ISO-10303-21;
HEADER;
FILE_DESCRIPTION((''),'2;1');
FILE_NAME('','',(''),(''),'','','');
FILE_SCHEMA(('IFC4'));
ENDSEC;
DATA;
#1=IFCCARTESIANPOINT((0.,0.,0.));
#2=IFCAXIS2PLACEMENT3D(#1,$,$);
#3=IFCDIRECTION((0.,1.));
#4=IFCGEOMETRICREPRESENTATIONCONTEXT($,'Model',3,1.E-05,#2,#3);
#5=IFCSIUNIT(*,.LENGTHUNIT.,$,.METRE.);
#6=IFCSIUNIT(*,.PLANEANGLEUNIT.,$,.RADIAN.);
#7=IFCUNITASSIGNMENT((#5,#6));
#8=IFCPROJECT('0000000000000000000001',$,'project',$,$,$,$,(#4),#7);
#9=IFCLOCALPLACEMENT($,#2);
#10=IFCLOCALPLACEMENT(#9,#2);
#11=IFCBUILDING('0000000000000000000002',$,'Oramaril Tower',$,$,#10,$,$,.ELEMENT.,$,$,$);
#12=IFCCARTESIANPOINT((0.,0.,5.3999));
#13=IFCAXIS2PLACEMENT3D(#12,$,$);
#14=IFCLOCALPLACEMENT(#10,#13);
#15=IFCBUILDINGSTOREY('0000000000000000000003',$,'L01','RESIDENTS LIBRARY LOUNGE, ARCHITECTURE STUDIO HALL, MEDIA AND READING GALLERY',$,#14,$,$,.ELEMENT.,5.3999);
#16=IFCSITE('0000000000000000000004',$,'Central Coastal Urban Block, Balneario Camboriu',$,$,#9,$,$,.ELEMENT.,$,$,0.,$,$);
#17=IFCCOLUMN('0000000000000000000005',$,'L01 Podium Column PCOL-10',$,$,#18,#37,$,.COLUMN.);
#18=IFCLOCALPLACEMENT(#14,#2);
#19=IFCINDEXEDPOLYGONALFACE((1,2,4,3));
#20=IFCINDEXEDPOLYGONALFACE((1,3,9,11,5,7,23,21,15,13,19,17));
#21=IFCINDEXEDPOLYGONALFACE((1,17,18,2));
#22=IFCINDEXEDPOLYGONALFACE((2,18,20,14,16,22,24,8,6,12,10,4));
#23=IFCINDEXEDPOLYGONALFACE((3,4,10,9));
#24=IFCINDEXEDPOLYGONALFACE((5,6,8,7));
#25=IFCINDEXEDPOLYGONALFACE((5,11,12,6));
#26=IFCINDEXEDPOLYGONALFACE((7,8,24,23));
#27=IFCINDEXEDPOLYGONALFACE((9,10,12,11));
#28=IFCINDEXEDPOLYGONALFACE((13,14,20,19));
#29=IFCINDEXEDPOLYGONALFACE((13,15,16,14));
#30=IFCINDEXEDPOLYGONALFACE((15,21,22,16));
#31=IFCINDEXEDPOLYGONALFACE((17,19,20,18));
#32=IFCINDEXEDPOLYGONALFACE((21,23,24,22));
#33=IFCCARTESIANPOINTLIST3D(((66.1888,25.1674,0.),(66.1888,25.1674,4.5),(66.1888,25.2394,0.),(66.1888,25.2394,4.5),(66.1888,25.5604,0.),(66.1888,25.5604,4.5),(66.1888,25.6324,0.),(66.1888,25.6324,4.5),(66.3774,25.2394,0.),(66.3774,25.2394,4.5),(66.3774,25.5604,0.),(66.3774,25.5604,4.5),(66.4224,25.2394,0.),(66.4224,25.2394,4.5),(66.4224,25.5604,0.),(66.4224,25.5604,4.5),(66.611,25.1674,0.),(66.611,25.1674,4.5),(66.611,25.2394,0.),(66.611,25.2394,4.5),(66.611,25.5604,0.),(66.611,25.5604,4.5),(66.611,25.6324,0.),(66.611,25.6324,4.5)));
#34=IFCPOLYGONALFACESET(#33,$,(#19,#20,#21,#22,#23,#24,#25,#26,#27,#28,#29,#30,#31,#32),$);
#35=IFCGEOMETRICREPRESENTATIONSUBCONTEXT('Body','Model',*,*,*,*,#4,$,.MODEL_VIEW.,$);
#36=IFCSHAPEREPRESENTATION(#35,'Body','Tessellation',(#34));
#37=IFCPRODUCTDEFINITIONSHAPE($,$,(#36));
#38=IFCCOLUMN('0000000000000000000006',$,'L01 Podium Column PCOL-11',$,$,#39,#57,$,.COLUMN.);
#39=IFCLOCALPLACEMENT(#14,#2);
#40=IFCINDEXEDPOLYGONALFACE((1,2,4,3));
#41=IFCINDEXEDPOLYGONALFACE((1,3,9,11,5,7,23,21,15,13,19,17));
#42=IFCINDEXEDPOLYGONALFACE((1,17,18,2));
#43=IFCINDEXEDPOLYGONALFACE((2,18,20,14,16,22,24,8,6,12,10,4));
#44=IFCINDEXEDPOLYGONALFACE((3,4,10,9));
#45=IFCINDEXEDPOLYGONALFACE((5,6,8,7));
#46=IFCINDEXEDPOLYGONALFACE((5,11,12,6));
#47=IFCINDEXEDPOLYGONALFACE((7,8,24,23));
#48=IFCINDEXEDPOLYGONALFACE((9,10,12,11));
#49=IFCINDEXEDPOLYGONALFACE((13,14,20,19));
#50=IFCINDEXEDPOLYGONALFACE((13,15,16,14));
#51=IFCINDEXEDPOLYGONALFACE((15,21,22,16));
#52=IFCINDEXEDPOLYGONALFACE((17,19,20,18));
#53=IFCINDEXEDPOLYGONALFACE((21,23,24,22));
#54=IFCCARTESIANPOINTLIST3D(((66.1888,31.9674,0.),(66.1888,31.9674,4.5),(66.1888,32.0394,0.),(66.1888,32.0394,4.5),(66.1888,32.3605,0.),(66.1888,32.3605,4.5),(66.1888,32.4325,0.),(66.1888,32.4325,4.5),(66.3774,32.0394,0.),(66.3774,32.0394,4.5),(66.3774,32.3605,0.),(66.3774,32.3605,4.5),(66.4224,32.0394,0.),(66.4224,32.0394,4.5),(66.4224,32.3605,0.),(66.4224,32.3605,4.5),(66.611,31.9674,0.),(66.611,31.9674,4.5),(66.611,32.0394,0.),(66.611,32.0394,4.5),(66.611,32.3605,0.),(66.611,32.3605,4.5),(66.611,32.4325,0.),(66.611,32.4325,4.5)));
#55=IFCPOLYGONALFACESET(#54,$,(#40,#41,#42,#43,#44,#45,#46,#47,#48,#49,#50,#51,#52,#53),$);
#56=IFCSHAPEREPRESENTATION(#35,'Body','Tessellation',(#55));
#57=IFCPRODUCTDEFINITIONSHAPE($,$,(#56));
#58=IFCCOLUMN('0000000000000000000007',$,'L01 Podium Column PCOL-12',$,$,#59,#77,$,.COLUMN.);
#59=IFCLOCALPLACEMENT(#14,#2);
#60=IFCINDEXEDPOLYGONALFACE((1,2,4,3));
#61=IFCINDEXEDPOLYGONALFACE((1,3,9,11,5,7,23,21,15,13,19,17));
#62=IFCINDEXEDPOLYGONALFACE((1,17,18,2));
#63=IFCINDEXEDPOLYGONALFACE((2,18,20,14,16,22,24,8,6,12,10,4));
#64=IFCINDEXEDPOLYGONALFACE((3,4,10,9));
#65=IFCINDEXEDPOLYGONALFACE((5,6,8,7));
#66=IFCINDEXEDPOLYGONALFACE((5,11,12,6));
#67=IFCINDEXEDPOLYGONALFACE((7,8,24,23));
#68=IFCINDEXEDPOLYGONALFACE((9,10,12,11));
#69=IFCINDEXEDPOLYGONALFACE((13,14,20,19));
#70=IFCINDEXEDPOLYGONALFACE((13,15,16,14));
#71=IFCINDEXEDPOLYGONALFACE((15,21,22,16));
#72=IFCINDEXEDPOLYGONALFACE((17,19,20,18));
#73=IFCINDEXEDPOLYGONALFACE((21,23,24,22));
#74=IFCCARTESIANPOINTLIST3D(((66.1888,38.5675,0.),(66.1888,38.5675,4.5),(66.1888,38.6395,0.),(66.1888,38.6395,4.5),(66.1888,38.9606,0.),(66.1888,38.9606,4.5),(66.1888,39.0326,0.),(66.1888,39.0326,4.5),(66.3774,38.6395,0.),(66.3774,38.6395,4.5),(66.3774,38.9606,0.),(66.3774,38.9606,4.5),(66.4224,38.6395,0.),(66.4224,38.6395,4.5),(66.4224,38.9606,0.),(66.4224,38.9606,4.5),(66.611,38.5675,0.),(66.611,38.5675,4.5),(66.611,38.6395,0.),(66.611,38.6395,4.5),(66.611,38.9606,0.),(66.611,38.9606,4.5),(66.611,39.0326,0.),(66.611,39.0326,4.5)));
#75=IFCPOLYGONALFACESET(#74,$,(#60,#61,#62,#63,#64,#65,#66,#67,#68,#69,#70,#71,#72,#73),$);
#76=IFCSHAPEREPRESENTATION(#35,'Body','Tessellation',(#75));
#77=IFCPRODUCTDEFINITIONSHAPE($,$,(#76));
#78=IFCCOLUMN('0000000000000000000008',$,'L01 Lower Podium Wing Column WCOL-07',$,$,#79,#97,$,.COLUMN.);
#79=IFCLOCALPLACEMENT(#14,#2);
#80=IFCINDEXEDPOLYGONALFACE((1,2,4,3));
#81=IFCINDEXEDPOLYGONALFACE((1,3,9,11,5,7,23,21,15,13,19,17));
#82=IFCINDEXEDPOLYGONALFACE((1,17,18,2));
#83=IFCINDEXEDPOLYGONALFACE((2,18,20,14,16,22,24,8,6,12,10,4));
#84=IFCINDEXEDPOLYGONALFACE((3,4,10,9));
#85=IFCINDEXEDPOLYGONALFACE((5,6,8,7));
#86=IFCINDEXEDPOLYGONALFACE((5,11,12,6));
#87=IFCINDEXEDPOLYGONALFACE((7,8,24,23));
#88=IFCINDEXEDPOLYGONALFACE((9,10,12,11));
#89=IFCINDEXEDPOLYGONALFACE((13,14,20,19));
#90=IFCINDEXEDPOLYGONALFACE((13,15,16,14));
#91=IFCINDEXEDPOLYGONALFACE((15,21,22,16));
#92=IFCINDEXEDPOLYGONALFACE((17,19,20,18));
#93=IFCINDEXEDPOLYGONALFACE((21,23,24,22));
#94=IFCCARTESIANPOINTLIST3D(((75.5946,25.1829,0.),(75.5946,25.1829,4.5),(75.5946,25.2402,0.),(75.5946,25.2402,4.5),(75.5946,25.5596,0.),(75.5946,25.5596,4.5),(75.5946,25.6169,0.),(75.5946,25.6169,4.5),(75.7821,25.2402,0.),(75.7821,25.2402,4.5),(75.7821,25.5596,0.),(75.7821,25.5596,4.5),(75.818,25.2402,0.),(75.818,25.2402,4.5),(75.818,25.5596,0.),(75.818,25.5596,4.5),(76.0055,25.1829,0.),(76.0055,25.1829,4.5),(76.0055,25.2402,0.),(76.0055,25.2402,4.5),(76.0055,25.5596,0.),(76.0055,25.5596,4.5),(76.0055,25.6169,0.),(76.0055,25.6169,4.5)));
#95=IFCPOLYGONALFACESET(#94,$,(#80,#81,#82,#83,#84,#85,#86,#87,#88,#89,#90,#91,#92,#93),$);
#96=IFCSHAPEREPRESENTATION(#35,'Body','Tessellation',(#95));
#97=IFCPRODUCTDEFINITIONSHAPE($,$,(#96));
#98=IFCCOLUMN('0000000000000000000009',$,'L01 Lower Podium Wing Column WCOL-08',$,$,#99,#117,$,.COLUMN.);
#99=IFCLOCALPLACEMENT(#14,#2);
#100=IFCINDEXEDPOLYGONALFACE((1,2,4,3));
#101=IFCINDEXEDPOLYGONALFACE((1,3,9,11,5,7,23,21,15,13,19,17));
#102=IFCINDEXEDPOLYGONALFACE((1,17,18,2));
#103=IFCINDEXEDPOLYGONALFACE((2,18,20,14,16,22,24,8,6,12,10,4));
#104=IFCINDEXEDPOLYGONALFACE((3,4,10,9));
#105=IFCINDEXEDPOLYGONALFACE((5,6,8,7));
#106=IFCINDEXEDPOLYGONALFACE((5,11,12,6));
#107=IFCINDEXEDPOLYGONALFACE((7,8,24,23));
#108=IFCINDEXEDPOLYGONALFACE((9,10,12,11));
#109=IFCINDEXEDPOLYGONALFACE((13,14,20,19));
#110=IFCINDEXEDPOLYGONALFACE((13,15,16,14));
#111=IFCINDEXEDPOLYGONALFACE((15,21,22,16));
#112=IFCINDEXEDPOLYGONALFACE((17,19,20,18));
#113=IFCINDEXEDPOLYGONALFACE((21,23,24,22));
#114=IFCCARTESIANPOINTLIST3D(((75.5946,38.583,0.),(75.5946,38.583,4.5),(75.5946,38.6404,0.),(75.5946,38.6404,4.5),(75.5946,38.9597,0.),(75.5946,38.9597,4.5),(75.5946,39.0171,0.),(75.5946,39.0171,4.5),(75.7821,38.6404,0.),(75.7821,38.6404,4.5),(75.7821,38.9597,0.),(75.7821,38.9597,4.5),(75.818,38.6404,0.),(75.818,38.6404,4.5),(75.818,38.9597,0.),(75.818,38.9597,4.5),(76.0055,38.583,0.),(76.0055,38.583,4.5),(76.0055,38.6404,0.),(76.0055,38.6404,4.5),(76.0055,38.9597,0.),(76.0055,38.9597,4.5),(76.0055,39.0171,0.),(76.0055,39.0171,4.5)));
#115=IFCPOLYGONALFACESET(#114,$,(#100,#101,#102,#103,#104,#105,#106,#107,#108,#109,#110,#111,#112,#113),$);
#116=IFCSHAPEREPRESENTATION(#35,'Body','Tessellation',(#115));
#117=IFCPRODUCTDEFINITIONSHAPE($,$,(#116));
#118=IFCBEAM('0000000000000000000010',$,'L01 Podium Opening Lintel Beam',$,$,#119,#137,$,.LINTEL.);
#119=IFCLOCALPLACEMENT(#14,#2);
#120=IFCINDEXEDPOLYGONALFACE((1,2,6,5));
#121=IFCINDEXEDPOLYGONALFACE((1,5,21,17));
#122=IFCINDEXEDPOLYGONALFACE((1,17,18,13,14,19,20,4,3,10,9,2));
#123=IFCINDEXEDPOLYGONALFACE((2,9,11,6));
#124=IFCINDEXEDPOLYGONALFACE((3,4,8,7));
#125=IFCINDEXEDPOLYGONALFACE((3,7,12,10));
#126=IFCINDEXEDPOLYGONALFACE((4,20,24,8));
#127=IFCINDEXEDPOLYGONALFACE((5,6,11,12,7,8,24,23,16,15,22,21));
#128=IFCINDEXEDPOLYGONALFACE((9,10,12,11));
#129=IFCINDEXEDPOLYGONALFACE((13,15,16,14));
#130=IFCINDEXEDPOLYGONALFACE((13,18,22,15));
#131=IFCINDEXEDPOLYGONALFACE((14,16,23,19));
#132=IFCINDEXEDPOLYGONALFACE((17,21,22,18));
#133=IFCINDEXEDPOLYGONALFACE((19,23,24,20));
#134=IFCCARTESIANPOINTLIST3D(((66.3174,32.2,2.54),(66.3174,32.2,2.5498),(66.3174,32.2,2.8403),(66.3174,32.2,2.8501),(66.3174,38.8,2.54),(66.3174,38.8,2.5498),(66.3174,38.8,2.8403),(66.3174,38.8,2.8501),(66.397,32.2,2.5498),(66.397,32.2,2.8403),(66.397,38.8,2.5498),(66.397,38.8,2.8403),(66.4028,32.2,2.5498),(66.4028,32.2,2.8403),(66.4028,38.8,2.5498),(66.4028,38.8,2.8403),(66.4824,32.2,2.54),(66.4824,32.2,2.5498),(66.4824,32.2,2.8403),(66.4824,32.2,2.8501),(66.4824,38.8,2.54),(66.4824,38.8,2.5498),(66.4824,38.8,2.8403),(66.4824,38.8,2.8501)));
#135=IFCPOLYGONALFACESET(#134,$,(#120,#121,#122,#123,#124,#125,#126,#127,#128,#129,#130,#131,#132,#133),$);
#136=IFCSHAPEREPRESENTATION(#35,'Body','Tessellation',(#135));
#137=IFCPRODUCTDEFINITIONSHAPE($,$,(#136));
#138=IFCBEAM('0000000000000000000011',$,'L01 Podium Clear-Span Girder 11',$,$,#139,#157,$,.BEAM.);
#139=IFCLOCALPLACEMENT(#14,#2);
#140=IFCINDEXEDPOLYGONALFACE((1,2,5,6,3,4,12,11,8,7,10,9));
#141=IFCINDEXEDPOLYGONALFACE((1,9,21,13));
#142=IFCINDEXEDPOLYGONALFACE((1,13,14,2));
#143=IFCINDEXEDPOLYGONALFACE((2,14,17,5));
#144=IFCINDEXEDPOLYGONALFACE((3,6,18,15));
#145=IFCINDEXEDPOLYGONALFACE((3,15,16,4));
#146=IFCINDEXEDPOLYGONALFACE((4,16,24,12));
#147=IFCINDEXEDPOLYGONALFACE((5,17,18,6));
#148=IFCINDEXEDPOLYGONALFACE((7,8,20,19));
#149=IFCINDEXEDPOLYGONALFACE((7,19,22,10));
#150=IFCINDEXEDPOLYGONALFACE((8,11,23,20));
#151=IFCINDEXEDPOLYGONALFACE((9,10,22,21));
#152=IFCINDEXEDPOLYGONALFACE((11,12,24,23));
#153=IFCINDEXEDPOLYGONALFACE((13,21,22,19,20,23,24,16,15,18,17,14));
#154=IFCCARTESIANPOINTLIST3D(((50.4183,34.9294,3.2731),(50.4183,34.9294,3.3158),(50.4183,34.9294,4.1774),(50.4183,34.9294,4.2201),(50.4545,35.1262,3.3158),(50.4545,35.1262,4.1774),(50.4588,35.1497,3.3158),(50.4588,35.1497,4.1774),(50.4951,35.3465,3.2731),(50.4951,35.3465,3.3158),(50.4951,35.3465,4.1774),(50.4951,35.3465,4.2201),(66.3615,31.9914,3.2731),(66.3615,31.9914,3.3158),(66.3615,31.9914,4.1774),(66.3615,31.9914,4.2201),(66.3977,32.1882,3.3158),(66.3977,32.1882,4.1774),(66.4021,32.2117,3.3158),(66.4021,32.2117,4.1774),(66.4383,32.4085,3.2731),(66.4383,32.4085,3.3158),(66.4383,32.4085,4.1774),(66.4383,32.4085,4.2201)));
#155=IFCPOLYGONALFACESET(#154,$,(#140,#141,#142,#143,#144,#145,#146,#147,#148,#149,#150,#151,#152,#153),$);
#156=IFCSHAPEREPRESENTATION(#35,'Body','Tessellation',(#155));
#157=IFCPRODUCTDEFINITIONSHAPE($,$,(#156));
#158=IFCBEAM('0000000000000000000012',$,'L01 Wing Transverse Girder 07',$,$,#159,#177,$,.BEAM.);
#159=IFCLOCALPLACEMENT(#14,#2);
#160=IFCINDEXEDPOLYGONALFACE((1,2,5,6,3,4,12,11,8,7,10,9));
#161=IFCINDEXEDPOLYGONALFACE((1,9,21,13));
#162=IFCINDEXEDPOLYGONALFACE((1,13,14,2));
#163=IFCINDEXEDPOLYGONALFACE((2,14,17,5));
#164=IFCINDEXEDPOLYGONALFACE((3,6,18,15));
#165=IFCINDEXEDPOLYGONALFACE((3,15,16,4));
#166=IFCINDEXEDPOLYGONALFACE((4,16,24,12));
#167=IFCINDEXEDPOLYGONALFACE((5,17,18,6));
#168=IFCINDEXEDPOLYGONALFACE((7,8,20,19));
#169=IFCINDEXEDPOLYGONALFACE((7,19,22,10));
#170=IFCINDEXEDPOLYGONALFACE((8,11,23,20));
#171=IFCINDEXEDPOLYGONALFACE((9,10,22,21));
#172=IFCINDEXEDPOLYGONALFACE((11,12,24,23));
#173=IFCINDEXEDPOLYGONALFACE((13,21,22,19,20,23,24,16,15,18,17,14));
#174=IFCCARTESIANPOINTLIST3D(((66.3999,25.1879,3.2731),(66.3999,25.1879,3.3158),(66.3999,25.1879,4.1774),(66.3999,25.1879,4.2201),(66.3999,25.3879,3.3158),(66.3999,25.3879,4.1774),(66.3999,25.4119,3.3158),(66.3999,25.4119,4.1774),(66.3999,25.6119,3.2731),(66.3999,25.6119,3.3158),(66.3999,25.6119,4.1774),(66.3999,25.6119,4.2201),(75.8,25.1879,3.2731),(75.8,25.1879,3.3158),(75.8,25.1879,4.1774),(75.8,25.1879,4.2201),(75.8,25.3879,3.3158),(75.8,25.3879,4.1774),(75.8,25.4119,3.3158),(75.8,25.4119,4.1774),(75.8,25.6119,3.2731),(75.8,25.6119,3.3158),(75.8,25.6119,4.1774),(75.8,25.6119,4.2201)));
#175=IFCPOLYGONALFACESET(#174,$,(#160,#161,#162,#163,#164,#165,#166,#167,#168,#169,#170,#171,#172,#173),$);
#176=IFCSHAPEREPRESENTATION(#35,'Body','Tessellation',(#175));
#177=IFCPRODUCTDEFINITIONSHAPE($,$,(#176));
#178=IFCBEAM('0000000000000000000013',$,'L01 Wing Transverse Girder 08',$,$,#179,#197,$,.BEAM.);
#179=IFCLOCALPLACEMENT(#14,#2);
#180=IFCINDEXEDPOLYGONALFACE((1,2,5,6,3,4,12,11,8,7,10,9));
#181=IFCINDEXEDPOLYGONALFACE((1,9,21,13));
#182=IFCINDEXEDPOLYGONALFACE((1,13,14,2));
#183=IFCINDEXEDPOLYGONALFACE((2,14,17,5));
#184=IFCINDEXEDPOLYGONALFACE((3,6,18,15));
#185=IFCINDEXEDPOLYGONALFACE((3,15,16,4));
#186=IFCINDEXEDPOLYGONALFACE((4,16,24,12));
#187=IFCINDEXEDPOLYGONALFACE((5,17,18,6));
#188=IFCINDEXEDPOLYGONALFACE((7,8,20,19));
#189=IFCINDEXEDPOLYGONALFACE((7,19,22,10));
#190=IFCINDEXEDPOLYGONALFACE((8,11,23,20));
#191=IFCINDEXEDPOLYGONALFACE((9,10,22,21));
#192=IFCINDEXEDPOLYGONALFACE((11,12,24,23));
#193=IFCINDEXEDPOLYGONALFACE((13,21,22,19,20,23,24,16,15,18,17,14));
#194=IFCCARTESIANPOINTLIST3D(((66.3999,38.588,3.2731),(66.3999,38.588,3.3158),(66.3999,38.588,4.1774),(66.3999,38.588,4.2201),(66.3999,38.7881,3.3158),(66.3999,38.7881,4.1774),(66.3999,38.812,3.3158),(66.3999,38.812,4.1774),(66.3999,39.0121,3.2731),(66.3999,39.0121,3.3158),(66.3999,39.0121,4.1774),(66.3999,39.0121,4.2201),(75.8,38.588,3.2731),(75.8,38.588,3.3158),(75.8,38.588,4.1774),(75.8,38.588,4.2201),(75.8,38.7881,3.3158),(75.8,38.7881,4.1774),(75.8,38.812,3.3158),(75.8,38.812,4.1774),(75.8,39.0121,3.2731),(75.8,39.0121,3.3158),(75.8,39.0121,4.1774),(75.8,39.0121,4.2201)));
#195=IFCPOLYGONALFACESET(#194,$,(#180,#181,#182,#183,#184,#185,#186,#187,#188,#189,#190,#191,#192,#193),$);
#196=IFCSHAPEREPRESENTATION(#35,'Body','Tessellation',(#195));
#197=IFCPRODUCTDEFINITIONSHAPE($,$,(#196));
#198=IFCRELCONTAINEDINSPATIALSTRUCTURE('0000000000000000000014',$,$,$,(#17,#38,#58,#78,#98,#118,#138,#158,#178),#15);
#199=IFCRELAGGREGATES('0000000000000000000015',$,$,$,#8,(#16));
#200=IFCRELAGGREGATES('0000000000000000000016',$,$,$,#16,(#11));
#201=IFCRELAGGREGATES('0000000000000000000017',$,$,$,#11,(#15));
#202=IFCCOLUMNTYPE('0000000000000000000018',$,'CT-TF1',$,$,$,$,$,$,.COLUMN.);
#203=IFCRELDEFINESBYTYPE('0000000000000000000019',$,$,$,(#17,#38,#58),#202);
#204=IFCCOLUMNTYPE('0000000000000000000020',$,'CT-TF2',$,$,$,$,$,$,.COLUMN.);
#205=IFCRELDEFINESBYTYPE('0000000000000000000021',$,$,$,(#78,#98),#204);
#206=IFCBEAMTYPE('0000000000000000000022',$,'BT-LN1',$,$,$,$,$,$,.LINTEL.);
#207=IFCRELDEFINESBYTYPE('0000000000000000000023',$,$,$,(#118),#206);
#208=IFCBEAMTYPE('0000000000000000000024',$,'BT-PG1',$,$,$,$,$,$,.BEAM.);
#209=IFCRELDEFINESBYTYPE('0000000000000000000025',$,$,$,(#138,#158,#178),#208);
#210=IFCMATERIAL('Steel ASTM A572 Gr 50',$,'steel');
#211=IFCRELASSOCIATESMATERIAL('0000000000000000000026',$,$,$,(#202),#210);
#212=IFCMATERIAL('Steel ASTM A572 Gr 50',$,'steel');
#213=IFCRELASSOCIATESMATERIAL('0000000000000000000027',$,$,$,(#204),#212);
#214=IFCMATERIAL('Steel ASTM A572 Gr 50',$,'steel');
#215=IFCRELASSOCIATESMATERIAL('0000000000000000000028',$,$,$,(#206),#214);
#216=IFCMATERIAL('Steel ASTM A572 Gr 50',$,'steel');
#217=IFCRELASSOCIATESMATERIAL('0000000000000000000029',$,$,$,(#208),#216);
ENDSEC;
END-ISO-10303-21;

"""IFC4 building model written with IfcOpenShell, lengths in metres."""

from ifc_helpers import new_model, si_unit, direction, frame, origin, origin_2d, place, context, subcontext, project, spatial, i_section, extrude, material, material_profile, profile_set, type_object, element, save


model = new_model("IFC4")

# Units and contexts
model_context = context("Model", 3, precision=1e-05, world=origin(), true_north=direction((0.0, 1.0)))
body_context = subcontext(model_context, "Body", "Model", "MODEL_VIEW")
ifc_project = project(units=[si_unit("LENGTHUNIT", "METRE"), si_unit("PLANEANGLEUNIT", "RADIAN")], contexts=[model_context])

# Site, building, storey
site_placement = place(None, origin())
site = spatial("IfcSite", under=ifc_project, at=site_placement, Name="Central Coastal Urban Block, Balneario Camboriu", CompositionType="ELEMENT", RefElevation=0.0)
building_placement = place(site_placement, origin())
building = spatial("IfcBuilding", under=site, at=building_placement, Name="Oramaril Tower", CompositionType="ELEMENT")
storey_placement = place(building_placement, frame((0.0, 0.0, 5.3999)))
storey = spatial("IfcBuildingStorey", under=building, at=storey_placement, Name="L01", Description="RESIDENTS LIBRARY LOUNGE, ARCHITECTURE STUDIO HALL, MEDIA AND READING GALLERY", CompositionType="ELEMENT", Elevation=5.3999)

# Columns
ifc_material_1 = material(Name="Steel ASTM A572 Gr 50", Category="steel")
ifc_material_profile_1 = material_profile(ifc_material_1, i_section(OverallWidth=0.4221, OverallDepth=0.4651, WebThickness=0.0449, FlangeThickness=0.072, at=origin_2d()), Name="W14X398")
ifc_profile_set_1 = profile_set([ifc_material_profile_1], Name="Steel ASTM A572 Gr 50")
column_type_1 = type_object("IfcColumnType", Name="CT-TF1", PredefinedType="COLUMN", material=ifc_profile_set_1)
for number, where, z_axis, x_axis, name in (
    (1, (66.3999, 25.3999, 0.0), (0.0, 0.0, 1.0), (1.0, 0.0, 0.0), "L01 Podium Column PCOL-10"),
    (2, (66.3999, 32.2, 0.0), (0.0, 0.0, 1.0), (1.0, 0.0, 0.0), "L01 Podium Column PCOL-11"),
    (3, (66.3999, 38.8, 0.0), (0.0, 0.0, 1.0), (1.0, 0.0, 0.0), "L01 Podium Column PCOL-12"),
):
    element("IfcColumn", number, at=place(storey_placement, frame(where, z_axis=z_axis, x_axis=x_axis)), inside=storey, type_object=column_type_1, Name=name, PredefinedType="COLUMN", context=body_context, shape_type="SweptSolid", body=[
        extrude(i_section(OverallWidth=0.4221, OverallDepth=0.4651, WebThickness=0.0449, FlangeThickness=0.072, at=origin_2d()), origin(), (0.0, 0.0, 1.0), 4.5),
    ])
ifc_material_2 = material(Name="Steel ASTM A572 Gr 50", Category="steel")
ifc_material_profile_2 = material_profile(ifc_material_2, i_section(OverallWidth=0.4109, OverallDepth=0.4341, WebThickness=0.0359, FlangeThickness=0.0574, at=origin_2d()), Name="W14X311")
ifc_profile_set_2 = profile_set([ifc_material_profile_2], Name="Steel ASTM A572 Gr 50")
column_type_2 = type_object("IfcColumnType", Name="CT-TF2", PredefinedType="COLUMN", material=ifc_profile_set_2)
for number, where, z_axis, x_axis, name in (
    (4, (75.8, 25.3999, 0.0), (0.0, 0.0, 1.0), (1.0, 0.0, 0.0), "L01 Lower Podium Wing Column WCOL-07"),
    (5, (75.8, 38.8, 0.0), (0.0, 0.0, 1.0), (1.0, 0.0, 0.0), "L01 Lower Podium Wing Column WCOL-08"),
):
    element("IfcColumn", number, at=place(storey_placement, frame(where, z_axis=z_axis, x_axis=x_axis)), inside=storey, type_object=column_type_2, Name=name, PredefinedType="COLUMN", context=body_context, shape_type="SweptSolid", body=[
        extrude(i_section(OverallWidth=0.4109, OverallDepth=0.4341, WebThickness=0.0359, FlangeThickness=0.0574, at=origin_2d()), origin(), (0.0, 0.0, 1.0), 4.5),
    ])

# Beams
ifc_material_3 = material(Name="Steel ASTM A572 Gr 50", Category="steel")
ifc_material_profile_3 = material_profile(ifc_material_3, i_section(OverallWidth=0.165, OverallDepth=0.3101, WebThickness=0.0059, FlangeThickness=0.0098, at=origin_2d()), Name="W12X26")
ifc_profile_set_3 = profile_set([ifc_material_profile_3], Name="Steel ASTM A572 Gr 50")
beam_type_1 = type_object("IfcBeamType", Name="BT-LN1", PredefinedType="LINTEL", material=ifc_profile_set_3)
beam_1_placement = place(storey_placement, frame((66.3999, 32.2, 2.6951), z_axis=(0.0, 1.0, 0.0), x_axis=(-1.0, 0.0, 0.0)))
element("IfcBeam", 6, at=beam_1_placement, inside=storey, type_object=beam_type_1, Name="L01 Podium Opening Lintel Beam", PredefinedType="LINTEL", context=body_context, shape_type="SweptSolid", body=[
    extrude(i_section(OverallWidth=0.165, OverallDepth=0.3101, WebThickness=0.0059, FlangeThickness=0.0098, at=origin_2d()), origin(), (0.0, 0.0, 1.0), 6.6001),
])
ifc_material_4 = material(Name="Steel ASTM A572 Gr 50", Category="steel")
ifc_material_profile_4 = material_profile(ifc_material_4, i_section(OverallWidth=0.4241, OverallDepth=0.947, WebThickness=0.0239, FlangeThickness=0.0427, at=origin_2d()), Name="W36X302")
ifc_profile_set_4 = profile_set([ifc_material_profile_4], Name="Steel ASTM A572 Gr 50")
beam_type_2 = type_object("IfcBeamType", Name="BT-PG1", PredefinedType="BEAM", material=ifc_profile_set_4)
beam_2_placement = place(storey_placement, frame((66.3999, 32.2, 3.7466), z_axis=(-0.983441, 0.181228, 0.0), x_axis=(-0.181228, -0.983441, 0.0)))
element("IfcBeam", 7, at=beam_2_placement, inside=storey, type_object=beam_type_2, Name="L01 Podium Clear-Span Girder 11", PredefinedType="BEAM", context=body_context, shape_type="SweptSolid", body=[
    extrude(i_section(OverallWidth=0.4241, OverallDepth=0.947, WebThickness=0.0239, FlangeThickness=0.0427, at=origin_2d()), origin(), (0.0, 0.0, 1.0), 16.2117),
])
for number, where, z_axis, x_axis, name in (
    (8, (66.3999, 25.3999, 3.7466), (1.0, 0.0, 0.0), (0.0, 1.0, 0.0), "L01 Wing Transverse Girder 07"),
    (9, (66.3999, 38.8, 3.7466), (1.0, 0.0, 0.0), (0.0, 1.0, 0.0), "L01 Wing Transverse Girder 08"),
):
    element("IfcBeam", number, at=place(storey_placement, frame(where, z_axis=z_axis, x_axis=x_axis)), inside=storey, type_object=beam_type_2, Name=name, PredefinedType="BEAM", context=body_context, shape_type="SweptSolid", body=[
        extrude(i_section(OverallWidth=0.4241, OverallDepth=0.947, WebThickness=0.0239, FlangeThickness=0.0427, at=origin_2d()), origin(), (0.0, 0.0, 1.0), 9.4001),
    ])

save(model, "model.ifc")
